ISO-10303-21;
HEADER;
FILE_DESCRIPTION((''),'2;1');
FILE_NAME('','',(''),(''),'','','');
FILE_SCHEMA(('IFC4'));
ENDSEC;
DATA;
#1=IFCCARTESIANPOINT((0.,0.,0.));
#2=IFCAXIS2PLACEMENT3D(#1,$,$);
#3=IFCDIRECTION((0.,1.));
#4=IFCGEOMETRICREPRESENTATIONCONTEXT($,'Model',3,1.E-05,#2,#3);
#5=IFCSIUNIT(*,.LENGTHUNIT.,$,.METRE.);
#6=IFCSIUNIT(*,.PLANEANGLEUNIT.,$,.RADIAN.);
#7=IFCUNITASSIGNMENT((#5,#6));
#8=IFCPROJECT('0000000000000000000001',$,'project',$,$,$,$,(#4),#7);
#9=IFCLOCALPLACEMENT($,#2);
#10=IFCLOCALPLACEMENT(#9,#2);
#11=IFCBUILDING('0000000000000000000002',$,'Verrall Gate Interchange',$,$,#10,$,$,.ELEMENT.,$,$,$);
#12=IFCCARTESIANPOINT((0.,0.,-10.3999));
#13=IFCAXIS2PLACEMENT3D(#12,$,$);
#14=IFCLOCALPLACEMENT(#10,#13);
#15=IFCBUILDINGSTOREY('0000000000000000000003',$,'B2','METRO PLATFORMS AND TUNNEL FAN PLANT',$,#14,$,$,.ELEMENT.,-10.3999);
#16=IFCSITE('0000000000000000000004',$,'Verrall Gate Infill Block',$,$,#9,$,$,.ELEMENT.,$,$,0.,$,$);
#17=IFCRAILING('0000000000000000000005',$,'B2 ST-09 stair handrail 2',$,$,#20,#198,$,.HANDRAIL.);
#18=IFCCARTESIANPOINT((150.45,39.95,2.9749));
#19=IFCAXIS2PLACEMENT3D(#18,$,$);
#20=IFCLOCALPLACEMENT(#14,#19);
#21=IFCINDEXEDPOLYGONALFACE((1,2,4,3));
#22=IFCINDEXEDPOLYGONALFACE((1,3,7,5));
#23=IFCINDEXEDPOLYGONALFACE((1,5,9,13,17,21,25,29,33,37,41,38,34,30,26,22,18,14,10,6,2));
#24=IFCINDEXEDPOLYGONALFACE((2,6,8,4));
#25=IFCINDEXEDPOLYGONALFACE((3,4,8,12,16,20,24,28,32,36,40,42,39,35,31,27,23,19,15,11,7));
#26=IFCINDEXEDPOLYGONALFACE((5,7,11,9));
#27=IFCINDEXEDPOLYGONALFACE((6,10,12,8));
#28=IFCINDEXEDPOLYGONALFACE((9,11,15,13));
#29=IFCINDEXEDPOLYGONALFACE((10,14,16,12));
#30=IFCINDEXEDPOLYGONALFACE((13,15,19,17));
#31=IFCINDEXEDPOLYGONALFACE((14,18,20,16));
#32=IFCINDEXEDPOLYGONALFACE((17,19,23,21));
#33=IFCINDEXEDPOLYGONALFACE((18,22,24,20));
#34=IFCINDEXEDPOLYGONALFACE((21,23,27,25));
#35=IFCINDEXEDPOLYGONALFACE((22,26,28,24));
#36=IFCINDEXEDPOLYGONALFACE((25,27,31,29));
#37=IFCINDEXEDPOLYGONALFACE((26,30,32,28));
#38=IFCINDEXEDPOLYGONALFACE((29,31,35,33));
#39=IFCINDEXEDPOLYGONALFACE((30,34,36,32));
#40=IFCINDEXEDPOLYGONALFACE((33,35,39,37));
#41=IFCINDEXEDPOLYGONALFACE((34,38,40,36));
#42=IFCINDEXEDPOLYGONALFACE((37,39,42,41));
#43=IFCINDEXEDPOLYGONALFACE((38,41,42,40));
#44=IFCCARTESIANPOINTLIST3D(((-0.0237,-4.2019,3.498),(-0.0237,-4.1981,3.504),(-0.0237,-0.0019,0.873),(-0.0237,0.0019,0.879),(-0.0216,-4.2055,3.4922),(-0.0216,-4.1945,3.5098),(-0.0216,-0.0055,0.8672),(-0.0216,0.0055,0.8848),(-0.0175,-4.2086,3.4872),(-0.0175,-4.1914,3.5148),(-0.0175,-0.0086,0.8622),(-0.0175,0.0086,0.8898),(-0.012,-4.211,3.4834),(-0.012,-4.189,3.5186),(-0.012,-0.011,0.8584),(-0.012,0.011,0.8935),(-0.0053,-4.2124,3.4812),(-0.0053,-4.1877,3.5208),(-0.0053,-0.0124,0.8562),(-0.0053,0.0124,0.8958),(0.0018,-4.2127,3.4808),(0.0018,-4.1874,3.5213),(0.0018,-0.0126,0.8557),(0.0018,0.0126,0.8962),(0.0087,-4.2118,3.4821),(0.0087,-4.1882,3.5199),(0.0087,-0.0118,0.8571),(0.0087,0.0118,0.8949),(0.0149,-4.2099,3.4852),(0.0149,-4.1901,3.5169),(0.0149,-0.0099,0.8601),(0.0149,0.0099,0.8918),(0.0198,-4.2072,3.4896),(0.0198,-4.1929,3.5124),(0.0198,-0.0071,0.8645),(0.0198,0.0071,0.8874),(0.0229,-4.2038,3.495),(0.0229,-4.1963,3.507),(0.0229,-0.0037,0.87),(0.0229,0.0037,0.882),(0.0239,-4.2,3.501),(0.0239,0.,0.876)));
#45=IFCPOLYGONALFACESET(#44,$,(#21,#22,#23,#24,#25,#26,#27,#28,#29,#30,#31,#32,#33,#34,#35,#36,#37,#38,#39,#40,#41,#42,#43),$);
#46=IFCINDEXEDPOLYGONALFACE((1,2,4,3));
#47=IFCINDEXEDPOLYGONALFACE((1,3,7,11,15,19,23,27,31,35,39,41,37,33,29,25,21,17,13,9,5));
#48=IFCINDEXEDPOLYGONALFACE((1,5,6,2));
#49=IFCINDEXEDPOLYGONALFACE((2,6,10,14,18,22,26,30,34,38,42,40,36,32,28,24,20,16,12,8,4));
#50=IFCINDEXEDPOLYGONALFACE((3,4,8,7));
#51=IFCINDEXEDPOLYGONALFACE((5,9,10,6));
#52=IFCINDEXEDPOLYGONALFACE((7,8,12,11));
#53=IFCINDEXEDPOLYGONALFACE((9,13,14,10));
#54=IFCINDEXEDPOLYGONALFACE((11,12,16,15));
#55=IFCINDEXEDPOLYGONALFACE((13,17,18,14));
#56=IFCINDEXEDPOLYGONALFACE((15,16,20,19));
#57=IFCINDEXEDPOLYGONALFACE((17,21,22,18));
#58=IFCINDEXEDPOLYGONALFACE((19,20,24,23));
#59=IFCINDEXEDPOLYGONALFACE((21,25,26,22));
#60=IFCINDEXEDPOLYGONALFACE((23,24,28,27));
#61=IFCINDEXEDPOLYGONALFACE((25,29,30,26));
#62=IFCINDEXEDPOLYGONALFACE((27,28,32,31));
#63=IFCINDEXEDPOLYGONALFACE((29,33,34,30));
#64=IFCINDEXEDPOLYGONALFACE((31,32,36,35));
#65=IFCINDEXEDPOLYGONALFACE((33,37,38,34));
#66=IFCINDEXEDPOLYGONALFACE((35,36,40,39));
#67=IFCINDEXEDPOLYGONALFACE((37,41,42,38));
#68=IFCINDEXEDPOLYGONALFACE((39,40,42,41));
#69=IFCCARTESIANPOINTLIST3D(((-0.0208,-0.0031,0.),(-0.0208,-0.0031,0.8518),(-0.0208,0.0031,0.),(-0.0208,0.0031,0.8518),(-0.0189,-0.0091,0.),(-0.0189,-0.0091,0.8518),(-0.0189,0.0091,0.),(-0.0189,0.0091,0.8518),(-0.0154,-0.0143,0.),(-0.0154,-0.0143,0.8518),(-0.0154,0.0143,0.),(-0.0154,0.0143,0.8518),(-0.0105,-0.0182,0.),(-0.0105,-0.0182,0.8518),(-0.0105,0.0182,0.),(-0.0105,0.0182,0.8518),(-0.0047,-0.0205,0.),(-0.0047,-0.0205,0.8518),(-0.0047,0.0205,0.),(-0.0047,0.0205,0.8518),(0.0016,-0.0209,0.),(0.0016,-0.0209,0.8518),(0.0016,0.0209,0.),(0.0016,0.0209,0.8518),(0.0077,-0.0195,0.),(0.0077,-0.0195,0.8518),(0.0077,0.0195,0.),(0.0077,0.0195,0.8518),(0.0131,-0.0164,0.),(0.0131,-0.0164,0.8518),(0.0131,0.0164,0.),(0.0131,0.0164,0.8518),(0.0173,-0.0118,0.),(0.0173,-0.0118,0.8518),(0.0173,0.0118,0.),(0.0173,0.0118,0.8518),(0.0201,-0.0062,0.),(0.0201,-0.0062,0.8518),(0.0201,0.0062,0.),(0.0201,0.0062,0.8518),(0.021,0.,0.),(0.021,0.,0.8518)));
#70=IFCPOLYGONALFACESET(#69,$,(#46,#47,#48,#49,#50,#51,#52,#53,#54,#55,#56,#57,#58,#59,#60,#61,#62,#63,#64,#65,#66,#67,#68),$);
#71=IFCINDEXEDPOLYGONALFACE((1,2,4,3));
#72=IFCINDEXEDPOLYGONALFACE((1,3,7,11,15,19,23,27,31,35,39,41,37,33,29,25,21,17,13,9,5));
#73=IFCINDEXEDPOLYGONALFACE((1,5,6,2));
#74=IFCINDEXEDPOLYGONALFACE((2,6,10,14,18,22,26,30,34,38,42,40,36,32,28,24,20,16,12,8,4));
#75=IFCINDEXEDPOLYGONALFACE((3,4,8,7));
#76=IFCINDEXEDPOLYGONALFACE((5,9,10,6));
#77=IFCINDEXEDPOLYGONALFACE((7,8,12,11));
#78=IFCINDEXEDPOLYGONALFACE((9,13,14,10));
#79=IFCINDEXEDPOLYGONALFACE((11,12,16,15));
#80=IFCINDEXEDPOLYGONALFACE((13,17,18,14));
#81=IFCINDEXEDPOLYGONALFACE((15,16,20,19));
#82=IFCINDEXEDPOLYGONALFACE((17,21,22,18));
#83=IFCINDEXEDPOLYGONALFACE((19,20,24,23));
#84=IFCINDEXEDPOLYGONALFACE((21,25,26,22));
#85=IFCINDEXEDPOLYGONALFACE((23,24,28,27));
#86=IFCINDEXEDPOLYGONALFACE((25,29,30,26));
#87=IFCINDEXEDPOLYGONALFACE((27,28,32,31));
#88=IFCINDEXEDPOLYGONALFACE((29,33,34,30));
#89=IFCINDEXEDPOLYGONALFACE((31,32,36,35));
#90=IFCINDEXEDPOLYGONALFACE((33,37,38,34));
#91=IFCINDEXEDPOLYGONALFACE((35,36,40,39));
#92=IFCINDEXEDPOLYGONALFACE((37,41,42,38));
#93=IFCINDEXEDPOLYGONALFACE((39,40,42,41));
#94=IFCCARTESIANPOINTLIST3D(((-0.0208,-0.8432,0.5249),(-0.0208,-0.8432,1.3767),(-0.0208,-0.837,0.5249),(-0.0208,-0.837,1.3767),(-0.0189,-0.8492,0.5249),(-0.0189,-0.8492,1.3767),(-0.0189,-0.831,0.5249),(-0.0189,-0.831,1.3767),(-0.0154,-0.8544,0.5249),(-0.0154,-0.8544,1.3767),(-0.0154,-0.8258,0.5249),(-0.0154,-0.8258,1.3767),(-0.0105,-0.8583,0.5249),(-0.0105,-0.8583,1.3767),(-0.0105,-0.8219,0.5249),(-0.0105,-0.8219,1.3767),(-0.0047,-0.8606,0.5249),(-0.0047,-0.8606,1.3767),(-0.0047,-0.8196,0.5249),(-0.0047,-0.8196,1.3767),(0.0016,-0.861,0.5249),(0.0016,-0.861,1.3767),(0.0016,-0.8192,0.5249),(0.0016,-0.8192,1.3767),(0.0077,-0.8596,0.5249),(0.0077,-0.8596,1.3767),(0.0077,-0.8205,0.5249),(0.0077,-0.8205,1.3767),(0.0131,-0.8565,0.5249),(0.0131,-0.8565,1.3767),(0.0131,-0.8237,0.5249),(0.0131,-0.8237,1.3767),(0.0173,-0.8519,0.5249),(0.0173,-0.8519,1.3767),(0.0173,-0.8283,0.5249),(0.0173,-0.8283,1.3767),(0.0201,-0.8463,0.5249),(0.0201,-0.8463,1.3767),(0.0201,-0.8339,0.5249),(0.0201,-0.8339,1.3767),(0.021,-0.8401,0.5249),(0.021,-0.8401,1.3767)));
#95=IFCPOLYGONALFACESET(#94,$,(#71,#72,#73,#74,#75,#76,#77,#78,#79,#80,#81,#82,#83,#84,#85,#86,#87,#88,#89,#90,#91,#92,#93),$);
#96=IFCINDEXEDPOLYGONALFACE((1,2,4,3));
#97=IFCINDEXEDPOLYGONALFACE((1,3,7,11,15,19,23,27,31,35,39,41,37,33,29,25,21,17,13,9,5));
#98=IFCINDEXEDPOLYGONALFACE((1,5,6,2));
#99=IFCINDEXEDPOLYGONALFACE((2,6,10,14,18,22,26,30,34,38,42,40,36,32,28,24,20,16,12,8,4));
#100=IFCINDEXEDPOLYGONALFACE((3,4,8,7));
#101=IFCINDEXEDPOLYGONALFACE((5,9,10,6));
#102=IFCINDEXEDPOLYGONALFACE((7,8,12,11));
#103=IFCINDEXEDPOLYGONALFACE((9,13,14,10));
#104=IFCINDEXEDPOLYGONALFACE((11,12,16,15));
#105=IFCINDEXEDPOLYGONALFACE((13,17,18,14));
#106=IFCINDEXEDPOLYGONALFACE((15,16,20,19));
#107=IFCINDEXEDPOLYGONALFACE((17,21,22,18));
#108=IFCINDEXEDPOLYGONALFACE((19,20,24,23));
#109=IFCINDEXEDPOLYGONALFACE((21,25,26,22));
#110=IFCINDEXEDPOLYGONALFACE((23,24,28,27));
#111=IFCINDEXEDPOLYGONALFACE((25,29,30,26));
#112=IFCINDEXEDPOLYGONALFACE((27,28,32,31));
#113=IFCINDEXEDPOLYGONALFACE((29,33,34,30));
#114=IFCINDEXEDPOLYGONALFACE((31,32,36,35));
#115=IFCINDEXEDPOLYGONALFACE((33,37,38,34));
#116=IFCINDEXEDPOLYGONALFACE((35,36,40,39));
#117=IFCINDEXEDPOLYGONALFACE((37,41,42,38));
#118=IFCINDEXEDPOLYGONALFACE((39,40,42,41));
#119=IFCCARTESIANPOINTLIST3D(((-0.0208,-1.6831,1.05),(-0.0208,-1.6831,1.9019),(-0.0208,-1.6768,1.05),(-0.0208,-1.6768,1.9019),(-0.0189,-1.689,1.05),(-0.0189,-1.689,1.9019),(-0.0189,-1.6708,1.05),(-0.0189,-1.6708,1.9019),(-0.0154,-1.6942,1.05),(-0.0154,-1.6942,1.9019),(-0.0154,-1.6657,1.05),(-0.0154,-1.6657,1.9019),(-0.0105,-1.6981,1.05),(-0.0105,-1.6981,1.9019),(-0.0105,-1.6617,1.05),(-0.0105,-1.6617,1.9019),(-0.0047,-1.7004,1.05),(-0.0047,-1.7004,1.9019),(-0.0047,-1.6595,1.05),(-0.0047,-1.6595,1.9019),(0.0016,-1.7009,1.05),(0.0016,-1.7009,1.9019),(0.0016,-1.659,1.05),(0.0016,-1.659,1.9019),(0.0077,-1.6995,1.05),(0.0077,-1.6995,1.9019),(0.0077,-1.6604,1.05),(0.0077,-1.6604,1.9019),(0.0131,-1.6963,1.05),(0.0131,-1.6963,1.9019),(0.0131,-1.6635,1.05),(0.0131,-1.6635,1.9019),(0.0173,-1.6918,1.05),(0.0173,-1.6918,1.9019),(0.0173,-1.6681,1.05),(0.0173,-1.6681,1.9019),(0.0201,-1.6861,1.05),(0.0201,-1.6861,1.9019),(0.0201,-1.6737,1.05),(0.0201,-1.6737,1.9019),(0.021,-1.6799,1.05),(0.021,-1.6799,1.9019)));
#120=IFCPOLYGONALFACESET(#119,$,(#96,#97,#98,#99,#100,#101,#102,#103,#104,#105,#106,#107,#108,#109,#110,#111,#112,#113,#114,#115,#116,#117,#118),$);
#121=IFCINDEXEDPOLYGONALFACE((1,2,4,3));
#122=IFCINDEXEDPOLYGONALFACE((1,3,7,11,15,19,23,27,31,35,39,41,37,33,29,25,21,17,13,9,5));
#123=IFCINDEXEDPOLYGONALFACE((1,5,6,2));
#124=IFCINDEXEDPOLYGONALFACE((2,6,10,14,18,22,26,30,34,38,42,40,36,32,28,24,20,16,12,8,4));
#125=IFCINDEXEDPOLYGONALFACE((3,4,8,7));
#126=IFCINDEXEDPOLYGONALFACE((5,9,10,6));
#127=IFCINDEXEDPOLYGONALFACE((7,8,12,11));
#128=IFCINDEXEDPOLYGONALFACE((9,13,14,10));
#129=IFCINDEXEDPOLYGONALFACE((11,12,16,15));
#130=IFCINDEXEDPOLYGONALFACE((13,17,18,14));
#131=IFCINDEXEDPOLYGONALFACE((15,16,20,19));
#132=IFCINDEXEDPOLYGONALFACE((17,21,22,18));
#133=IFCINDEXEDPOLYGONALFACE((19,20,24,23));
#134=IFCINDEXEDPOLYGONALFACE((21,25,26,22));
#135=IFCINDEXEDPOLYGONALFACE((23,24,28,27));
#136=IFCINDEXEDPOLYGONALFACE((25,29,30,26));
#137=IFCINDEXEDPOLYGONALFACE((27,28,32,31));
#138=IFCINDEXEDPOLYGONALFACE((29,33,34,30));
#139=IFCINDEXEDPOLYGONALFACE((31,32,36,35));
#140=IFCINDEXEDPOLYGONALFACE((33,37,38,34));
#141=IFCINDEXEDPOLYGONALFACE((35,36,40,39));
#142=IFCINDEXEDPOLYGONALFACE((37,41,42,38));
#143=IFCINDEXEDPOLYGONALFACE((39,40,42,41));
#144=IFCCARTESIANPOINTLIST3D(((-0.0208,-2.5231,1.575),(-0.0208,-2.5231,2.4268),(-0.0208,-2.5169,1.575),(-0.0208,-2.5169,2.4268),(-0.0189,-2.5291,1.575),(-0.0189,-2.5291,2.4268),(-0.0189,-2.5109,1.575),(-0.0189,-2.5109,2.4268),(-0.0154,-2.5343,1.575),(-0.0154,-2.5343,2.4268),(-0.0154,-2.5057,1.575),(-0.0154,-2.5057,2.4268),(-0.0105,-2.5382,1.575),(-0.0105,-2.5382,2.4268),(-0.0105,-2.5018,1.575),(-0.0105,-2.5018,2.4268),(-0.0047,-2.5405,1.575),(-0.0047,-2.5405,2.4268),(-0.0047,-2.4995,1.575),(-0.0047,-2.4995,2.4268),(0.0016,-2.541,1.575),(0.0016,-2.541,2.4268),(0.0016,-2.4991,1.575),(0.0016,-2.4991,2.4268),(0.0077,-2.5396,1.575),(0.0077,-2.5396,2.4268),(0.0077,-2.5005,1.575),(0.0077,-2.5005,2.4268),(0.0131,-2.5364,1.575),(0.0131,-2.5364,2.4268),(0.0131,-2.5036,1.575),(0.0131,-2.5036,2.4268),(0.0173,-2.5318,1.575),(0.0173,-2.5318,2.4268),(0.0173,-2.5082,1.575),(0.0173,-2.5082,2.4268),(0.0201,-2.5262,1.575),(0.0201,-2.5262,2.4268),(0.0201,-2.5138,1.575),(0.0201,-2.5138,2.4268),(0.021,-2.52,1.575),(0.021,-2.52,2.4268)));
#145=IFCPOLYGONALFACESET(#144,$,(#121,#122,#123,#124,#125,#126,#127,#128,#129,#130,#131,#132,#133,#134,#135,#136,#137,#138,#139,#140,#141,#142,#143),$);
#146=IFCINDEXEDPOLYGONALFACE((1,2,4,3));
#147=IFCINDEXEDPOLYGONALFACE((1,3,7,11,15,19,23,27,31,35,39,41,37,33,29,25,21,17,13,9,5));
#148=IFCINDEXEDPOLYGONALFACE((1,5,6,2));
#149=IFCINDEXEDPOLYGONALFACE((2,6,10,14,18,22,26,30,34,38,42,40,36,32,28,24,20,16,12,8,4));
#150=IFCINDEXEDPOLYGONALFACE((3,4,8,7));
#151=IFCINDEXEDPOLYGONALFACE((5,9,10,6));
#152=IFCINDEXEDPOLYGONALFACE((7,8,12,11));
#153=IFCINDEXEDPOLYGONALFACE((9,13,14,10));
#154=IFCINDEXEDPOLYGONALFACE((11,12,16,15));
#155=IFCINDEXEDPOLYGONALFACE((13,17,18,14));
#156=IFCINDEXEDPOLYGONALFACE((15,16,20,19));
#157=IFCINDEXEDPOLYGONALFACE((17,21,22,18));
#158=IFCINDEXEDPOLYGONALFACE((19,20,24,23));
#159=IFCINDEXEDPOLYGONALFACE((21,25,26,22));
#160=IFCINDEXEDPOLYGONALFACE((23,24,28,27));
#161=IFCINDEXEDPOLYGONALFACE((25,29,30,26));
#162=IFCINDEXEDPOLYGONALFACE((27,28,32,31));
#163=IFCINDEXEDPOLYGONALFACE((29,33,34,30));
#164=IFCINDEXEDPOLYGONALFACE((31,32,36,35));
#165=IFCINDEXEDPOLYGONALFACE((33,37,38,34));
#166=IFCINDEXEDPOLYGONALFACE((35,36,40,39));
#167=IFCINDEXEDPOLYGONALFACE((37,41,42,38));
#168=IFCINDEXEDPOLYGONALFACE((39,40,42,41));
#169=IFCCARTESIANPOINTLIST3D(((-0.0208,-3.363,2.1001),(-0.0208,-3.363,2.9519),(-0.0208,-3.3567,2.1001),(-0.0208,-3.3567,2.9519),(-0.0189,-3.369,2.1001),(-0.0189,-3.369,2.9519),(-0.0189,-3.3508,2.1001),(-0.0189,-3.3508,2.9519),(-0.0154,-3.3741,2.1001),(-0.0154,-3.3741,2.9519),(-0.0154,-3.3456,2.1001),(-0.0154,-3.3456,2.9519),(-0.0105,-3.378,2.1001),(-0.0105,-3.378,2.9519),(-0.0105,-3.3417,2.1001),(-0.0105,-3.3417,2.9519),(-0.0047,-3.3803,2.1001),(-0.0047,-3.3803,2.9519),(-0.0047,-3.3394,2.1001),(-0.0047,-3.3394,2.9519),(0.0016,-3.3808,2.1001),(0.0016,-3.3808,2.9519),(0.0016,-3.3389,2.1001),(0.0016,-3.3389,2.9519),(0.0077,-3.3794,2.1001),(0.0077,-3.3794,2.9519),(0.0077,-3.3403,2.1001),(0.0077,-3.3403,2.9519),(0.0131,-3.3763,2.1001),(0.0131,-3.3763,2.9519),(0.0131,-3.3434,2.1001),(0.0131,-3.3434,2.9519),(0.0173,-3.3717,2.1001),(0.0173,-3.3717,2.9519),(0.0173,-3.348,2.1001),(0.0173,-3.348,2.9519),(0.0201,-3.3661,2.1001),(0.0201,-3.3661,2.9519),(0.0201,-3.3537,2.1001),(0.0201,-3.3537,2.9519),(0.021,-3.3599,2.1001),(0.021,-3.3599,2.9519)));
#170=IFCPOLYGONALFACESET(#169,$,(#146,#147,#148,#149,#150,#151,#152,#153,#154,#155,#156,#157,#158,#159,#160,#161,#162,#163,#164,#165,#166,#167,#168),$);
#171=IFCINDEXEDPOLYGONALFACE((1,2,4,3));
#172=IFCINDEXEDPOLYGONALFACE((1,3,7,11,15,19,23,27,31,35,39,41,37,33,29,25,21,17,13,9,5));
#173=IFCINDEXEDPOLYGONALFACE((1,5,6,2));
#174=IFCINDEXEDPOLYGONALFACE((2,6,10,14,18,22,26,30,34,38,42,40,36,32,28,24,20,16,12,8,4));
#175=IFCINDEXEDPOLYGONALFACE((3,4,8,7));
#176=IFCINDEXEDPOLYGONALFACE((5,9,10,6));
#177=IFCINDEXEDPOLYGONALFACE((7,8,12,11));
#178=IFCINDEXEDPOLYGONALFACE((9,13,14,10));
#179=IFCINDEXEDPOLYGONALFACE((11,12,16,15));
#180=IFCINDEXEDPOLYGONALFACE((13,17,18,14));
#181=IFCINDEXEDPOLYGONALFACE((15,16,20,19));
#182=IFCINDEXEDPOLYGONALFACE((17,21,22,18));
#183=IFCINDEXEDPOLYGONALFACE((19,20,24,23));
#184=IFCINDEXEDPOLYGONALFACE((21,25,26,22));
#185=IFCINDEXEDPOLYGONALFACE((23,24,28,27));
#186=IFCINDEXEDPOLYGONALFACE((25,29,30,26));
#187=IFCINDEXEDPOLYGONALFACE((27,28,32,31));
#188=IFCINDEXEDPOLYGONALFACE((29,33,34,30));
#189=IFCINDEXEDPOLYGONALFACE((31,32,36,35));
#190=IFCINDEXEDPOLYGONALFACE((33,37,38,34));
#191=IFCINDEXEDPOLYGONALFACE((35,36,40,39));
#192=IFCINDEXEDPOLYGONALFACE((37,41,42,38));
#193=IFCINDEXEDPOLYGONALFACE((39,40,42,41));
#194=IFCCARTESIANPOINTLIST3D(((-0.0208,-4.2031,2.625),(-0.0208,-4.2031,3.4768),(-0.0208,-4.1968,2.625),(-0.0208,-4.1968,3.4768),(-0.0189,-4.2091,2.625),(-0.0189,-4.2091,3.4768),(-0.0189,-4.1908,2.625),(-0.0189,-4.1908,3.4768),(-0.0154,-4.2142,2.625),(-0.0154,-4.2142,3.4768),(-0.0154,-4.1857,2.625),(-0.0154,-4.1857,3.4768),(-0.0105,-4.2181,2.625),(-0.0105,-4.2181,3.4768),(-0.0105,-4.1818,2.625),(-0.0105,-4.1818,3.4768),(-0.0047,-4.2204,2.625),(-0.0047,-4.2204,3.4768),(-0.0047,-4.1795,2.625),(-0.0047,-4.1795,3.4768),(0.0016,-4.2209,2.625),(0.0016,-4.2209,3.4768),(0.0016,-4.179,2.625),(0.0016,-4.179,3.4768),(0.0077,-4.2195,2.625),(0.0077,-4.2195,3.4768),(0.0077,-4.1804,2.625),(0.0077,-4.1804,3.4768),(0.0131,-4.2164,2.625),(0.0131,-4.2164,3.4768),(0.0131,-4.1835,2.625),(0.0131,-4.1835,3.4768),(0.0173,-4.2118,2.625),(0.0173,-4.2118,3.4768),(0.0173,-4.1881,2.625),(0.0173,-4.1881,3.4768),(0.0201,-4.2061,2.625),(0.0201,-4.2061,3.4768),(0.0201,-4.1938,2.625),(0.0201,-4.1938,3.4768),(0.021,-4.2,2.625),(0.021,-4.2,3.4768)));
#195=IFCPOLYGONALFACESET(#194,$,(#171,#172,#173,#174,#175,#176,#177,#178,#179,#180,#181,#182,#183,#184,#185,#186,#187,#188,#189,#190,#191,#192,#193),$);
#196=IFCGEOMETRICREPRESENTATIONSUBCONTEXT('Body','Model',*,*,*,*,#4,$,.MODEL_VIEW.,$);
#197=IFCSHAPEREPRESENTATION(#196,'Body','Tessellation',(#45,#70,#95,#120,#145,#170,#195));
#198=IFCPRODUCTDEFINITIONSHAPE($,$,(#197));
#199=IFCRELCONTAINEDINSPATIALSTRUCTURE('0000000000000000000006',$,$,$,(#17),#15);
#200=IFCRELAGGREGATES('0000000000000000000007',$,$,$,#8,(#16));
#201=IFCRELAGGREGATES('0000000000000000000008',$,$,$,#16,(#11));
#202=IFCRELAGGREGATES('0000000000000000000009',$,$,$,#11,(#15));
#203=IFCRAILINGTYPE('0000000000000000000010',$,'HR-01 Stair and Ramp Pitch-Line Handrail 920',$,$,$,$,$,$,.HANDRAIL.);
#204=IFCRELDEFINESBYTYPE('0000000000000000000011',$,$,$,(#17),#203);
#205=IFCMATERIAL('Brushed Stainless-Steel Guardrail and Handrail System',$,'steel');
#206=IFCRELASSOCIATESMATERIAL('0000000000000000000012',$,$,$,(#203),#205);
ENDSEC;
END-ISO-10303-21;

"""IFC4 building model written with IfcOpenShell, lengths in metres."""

from ifc_helpers import new_model, si_unit, direction, frame, origin, origin_2d, place, context, subcontext, project, spatial, circle, extrude, material, type_object, element, save


model = new_model("IFC4")

# Units and contexts
model_context = context("Model", 3, precision=1e-05, world=origin(), true_north=direction((0.0, 1.0)))
body_context = subcontext(model_context, "Body", "Model", "MODEL_VIEW")
ifc_project = project(units=[si_unit("LENGTHUNIT", "METRE"), si_unit("PLANEANGLEUNIT", "RADIAN")], contexts=[model_context])

# Site, building, storey
site_placement = place(None, origin())
site = spatial("IfcSite", under=ifc_project, at=site_placement, Name="Verrall Gate Infill Block", CompositionType="ELEMENT", RefElevation=0.0)
building_placement = place(site_placement, origin())
building = spatial("IfcBuilding", under=site, at=building_placement, Name="Verrall Gate Interchange", CompositionType="ELEMENT")
storey_placement = place(building_placement, frame((0.0, 0.0, -10.3999)))
storey = spatial("IfcBuildingStorey", under=building, at=storey_placement, Name="B2", Description="METRO PLATFORMS AND TUNNEL FAN PLANT", CompositionType="ELEMENT", Elevation=-10.3999)

# Railing
ifc_material_1 = material(Name="Brushed Stainless-Steel Guardrail and Handrail System", Category="steel")
railing_type_1 = type_object("IfcRailingType", Name="HR-01 Stair and Ramp Pitch-Line Handrail 920", PredefinedType="HANDRAIL", material=ifc_material_1)
railing_1_placement = place(storey_placement, frame((150.45, 39.95, 2.9749)))
element("IfcRailing", 1, at=railing_1_placement, inside=storey, type_object=railing_type_1, Name="B2 ST-09 stair handrail 2", PredefinedType="HANDRAIL", context=body_context, shape_type="SweptSolid", body=[
    extrude(circle(Radius=0.0239, at=origin_2d()), frame((0.0, 0.0, 0.876), z_axis=(0.0, -0.847996, 0.530003), x_axis=(1.0, 0.0, 0.0)), (0.0, 0.0, 1.0), 4.9529),
    extrude(circle(Radius=0.021, at=origin_2d()), origin(), (0.0, 0.0, 1.0), 0.8518),
    extrude(circle(Radius=0.021, at=origin_2d()), frame((0.0, -0.8401, 0.5249)), (0.0, 0.0, 1.0), 0.8518),
    extrude(circle(Radius=0.021, at=origin_2d()), frame((0.0, -1.6799, 1.05)), (0.0, 0.0, 1.0), 0.8518),
    extrude(circle(Radius=0.021, at=origin_2d()), frame((0.0, -2.52, 1.575)), (0.0, 0.0, 1.0), 0.8518),
    extrude(circle(Radius=0.021, at=origin_2d()), frame((0.0, -3.3599, 2.1001)), (0.0, 0.0, 1.0), 0.8518),
    extrude(circle(Radius=0.021, at=origin_2d()), frame((0.0, -4.2, 2.625)), (0.0, 0.0, 1.0), 0.8518),
])

save(model, "model.ifc")
